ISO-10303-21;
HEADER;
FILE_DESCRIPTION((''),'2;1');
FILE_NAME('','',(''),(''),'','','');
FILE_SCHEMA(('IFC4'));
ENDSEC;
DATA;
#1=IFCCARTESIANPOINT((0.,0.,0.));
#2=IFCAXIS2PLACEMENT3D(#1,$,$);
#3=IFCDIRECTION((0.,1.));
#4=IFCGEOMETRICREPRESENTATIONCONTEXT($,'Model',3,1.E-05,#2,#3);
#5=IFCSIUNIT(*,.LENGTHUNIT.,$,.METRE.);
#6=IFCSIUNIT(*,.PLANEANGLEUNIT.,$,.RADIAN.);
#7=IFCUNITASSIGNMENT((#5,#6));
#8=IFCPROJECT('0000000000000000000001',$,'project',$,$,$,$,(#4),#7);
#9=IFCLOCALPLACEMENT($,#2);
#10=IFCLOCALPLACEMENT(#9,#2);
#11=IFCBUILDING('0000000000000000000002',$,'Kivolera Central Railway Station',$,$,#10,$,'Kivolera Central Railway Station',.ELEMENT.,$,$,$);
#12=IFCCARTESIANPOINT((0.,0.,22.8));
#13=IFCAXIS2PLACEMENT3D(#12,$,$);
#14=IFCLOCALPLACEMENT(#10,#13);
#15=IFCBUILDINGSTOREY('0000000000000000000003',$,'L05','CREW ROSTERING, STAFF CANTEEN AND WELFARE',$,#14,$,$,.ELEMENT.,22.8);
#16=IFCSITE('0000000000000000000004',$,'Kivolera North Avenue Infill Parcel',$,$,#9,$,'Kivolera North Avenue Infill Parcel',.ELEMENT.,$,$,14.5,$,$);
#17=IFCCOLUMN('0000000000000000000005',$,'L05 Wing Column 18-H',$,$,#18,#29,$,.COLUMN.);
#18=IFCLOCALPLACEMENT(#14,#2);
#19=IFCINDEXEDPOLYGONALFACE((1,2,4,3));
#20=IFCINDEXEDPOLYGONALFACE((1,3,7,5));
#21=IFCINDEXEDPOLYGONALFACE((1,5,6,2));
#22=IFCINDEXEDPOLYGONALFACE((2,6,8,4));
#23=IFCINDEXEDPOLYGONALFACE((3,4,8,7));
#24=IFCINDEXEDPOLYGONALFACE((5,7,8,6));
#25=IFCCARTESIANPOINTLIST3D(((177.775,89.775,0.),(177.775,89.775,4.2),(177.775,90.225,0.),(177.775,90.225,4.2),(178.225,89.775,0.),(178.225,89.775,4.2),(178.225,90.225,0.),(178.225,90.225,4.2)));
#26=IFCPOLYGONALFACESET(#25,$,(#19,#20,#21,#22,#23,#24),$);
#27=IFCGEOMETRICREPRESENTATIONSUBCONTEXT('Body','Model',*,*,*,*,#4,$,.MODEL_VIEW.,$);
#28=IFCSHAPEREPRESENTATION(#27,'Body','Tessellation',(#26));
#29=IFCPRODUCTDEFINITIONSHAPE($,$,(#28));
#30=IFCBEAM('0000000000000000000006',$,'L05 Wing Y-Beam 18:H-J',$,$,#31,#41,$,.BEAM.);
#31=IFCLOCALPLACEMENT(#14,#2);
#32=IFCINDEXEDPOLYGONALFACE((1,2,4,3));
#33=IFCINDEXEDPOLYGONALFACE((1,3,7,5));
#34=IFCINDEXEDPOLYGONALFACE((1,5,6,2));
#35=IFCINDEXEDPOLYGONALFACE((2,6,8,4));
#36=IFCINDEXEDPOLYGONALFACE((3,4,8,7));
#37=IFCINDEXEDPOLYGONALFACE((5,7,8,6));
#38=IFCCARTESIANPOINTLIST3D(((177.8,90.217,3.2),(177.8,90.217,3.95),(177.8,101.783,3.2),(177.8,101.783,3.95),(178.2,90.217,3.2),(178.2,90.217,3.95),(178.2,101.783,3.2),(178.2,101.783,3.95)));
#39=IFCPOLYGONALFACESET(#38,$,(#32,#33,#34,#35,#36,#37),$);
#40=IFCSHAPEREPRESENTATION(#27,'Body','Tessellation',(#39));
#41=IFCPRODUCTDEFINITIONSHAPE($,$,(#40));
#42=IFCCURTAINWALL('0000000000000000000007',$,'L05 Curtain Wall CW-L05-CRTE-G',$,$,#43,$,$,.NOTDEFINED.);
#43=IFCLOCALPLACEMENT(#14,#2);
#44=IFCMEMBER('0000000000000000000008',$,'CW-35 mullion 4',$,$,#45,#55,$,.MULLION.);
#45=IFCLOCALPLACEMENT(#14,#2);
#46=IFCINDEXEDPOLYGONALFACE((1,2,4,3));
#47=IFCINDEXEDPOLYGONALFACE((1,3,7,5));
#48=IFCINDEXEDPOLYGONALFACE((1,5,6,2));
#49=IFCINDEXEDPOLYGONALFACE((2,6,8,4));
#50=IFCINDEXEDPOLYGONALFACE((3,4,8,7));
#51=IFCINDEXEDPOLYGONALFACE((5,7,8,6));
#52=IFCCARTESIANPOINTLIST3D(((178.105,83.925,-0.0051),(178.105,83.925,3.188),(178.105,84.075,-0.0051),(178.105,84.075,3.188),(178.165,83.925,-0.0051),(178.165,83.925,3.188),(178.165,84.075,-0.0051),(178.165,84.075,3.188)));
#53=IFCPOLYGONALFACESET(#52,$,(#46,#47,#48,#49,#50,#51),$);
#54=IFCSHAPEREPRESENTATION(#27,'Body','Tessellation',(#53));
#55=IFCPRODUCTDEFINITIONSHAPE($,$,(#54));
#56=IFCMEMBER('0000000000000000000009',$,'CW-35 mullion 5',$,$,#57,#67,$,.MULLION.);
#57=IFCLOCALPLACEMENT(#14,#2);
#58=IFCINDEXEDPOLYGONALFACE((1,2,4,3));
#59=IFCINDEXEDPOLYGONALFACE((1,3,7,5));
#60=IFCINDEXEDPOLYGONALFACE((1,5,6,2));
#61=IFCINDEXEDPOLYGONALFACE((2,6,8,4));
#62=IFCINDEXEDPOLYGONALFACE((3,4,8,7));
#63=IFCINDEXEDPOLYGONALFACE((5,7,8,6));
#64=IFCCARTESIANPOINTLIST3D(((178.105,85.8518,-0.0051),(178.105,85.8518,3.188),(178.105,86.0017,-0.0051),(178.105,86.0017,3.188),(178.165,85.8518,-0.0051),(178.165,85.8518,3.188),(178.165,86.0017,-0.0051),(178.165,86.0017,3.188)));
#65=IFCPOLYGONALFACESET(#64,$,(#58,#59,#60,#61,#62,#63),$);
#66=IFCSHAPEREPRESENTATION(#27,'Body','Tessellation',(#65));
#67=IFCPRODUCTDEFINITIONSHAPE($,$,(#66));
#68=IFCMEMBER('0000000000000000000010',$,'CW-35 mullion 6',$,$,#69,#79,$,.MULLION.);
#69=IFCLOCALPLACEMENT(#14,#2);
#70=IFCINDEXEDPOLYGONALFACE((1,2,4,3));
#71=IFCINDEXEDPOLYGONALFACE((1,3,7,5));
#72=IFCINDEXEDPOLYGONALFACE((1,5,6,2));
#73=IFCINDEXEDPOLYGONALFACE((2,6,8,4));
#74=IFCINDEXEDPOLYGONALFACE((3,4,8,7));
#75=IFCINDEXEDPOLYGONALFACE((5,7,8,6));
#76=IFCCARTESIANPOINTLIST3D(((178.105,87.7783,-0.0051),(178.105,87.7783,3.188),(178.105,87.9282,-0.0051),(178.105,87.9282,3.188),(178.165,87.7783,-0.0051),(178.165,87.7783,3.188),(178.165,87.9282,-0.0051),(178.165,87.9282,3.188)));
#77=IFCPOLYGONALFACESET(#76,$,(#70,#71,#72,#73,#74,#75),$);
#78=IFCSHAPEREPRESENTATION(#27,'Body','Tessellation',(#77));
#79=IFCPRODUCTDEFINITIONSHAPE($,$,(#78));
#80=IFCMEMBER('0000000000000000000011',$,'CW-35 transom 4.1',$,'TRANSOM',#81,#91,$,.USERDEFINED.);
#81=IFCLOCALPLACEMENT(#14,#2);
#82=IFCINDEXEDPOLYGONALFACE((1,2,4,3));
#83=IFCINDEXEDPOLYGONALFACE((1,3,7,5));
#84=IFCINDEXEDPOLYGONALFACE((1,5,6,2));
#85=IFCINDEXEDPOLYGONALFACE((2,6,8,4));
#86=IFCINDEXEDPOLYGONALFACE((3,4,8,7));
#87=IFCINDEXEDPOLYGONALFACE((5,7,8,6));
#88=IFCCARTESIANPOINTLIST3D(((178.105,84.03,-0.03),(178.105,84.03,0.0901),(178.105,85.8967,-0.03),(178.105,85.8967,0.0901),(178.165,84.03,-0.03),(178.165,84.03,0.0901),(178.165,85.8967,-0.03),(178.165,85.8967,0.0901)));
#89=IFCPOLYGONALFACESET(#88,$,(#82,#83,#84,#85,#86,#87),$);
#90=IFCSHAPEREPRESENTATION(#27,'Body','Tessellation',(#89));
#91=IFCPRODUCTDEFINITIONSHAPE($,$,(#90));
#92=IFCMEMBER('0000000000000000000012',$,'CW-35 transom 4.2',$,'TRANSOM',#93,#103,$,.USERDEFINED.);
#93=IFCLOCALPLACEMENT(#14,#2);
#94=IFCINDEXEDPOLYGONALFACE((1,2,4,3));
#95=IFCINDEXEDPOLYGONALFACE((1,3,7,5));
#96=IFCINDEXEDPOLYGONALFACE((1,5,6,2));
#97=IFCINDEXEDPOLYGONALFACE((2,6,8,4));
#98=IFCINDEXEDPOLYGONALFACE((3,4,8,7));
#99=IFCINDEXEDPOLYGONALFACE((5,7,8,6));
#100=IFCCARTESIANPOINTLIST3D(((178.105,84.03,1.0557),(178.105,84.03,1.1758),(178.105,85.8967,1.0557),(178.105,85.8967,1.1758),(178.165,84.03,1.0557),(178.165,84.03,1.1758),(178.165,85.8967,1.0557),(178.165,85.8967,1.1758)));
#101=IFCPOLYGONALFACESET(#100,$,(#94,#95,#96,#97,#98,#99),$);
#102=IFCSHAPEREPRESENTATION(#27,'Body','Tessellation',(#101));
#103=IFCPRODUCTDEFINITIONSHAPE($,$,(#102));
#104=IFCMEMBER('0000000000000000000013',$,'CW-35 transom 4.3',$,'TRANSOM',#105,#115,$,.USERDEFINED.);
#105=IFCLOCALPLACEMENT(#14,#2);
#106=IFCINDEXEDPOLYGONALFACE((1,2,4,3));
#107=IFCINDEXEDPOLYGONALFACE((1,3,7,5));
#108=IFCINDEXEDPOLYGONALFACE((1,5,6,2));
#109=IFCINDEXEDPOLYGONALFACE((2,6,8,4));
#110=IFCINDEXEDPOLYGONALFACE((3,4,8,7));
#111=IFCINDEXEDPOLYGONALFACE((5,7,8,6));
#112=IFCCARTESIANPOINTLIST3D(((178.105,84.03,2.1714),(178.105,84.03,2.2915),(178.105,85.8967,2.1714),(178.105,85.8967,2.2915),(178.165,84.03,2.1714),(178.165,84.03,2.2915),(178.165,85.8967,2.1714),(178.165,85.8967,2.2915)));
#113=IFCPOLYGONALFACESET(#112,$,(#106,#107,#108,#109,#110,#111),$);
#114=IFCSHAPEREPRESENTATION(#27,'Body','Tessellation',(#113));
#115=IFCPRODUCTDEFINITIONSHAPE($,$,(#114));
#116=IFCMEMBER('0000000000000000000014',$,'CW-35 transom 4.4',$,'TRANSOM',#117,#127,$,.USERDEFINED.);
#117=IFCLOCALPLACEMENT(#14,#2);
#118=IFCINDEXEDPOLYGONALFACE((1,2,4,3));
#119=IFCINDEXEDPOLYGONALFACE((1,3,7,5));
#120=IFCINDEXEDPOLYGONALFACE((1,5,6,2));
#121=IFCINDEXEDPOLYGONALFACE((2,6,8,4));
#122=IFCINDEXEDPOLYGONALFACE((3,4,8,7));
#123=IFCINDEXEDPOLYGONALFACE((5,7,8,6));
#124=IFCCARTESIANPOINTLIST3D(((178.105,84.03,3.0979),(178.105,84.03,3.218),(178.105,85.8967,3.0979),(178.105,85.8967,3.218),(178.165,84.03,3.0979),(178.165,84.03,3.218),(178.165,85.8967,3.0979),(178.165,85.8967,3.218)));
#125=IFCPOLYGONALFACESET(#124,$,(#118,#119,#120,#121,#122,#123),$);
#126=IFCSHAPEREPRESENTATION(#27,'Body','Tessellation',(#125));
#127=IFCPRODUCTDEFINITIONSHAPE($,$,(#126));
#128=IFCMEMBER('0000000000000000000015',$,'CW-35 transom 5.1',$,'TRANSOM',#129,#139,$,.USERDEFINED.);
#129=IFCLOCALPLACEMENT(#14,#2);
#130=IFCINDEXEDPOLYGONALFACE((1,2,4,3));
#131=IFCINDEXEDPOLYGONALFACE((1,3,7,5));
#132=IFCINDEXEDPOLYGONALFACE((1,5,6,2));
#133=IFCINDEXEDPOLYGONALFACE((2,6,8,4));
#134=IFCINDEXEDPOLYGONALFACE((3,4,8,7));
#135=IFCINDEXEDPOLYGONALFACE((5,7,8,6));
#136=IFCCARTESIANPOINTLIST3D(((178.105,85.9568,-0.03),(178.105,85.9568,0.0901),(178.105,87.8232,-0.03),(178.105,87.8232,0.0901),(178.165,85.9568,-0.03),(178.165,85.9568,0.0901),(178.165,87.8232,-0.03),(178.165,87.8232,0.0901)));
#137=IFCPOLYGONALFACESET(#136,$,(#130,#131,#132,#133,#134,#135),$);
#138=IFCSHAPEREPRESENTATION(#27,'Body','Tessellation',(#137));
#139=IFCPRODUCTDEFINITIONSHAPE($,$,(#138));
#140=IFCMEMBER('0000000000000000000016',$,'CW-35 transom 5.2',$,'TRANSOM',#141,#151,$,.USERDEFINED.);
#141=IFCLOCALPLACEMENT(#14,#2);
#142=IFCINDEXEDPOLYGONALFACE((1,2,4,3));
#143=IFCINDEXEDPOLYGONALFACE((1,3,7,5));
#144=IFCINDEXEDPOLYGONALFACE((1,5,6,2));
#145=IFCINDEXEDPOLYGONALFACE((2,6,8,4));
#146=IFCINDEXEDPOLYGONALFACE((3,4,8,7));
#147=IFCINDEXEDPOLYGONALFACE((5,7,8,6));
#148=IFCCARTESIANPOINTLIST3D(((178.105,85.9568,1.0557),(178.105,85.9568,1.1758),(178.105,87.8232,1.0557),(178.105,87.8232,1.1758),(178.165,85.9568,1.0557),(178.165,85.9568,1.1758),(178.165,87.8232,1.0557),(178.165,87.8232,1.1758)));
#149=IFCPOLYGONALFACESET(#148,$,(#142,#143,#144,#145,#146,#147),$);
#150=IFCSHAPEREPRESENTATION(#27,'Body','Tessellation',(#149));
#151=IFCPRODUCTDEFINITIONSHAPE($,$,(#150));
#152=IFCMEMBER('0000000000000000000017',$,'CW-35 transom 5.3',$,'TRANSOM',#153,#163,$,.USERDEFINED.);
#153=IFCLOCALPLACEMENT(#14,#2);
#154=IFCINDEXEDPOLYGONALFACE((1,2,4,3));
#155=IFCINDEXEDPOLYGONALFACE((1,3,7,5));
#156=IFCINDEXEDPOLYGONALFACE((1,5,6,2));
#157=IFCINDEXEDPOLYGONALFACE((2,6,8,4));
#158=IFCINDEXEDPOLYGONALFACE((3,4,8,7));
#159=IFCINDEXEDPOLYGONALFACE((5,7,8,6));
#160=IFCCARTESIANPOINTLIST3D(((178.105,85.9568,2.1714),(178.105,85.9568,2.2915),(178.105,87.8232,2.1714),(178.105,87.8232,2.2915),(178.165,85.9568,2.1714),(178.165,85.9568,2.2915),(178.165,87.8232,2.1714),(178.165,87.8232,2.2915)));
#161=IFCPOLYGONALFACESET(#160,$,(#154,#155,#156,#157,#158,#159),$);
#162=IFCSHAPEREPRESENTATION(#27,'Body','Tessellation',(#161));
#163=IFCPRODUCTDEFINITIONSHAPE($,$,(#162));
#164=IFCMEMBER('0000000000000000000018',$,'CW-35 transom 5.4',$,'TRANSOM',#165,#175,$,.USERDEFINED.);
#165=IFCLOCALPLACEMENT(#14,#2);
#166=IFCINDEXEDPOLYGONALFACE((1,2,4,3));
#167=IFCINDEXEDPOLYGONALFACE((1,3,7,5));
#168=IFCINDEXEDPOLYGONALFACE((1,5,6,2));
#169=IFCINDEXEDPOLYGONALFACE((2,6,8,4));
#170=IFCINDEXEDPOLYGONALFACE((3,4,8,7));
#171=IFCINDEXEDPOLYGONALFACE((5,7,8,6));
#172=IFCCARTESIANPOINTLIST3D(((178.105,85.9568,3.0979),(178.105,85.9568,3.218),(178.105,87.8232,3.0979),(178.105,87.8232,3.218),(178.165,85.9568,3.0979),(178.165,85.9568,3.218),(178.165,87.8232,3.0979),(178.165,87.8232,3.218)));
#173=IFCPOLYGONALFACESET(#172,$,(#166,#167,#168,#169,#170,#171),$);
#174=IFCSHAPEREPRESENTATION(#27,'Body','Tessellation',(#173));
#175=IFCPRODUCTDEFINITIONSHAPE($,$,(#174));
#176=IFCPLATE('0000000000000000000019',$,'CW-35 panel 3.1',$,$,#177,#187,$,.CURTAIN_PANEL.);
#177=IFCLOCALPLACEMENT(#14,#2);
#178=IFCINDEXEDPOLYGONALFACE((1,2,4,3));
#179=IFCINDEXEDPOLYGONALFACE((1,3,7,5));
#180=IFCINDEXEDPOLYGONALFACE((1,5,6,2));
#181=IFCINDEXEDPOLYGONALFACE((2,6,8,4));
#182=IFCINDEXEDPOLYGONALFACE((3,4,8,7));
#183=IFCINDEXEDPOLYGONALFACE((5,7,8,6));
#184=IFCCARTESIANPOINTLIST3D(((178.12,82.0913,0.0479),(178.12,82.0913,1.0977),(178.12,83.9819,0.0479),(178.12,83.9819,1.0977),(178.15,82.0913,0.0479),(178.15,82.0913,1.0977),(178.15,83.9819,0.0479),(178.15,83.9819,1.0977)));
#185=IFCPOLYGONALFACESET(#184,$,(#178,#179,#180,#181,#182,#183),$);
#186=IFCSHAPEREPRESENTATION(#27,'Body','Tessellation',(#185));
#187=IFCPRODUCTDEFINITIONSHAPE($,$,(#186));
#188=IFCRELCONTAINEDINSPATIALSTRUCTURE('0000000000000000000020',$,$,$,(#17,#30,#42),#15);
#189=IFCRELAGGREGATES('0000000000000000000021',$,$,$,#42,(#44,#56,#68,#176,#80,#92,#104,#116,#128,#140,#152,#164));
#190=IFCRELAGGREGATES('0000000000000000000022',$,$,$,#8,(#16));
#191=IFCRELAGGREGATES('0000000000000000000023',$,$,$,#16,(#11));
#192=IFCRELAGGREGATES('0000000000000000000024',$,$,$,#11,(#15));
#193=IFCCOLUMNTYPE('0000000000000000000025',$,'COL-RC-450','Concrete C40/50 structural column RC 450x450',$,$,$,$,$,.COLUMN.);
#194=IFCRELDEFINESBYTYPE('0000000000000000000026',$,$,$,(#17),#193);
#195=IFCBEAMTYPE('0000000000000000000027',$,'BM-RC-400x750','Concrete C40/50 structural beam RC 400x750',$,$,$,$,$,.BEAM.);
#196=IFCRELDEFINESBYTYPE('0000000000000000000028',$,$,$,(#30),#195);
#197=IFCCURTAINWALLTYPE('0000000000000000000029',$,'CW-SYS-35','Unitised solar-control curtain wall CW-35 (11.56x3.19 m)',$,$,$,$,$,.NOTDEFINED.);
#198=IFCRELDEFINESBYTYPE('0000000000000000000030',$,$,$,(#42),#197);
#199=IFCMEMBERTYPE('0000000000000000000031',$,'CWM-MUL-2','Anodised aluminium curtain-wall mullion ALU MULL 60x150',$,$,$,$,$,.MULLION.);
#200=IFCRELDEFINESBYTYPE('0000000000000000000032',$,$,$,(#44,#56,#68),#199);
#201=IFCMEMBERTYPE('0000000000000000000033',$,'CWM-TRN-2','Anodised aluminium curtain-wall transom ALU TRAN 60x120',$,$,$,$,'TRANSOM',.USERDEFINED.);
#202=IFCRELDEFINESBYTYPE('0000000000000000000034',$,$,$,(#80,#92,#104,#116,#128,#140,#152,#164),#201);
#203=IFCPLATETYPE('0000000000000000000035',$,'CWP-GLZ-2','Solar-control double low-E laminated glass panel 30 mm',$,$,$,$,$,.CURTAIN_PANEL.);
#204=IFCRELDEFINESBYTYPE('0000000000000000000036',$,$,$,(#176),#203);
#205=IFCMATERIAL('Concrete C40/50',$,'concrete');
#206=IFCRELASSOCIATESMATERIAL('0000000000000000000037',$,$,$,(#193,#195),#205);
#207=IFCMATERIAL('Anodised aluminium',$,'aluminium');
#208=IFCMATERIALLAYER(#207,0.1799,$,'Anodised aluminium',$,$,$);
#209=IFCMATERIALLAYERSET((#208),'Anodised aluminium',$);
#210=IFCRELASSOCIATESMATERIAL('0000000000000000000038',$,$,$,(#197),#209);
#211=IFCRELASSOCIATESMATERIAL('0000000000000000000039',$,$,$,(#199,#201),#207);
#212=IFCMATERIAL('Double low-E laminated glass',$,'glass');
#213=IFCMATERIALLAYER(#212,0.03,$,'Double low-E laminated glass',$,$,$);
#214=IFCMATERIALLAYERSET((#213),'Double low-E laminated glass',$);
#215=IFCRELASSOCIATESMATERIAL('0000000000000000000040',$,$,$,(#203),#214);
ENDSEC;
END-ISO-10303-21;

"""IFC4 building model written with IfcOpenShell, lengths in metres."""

from ifc_helpers import new_model, si_unit, direction, frame, origin, origin_2d, place, context, subcontext, project, spatial, rectangle, extrude, material, layer, layer_set, material_profile, profile_set, type_object, element, aggregate, save


model = new_model("IFC4")

# Units and contexts
model_context = context("Model", 3, precision=1e-05, world=origin(), true_north=direction((0.0, 1.0)))
body_context = subcontext(model_context, "Body", "Model", "MODEL_VIEW")
ifc_project = project(units=[si_unit("LENGTHUNIT", "METRE"), si_unit("PLANEANGLEUNIT", "RADIAN")], contexts=[model_context])

# Site, building, storey
site_placement = place(None, origin())
site = spatial("IfcSite", under=ifc_project, at=site_placement, Name="Kivolera North Avenue Infill Parcel", LongName="Kivolera North Avenue Infill Parcel", CompositionType="ELEMENT", RefElevation=14.5)
building_placement = place(site_placement, origin())
building = spatial("IfcBuilding", under=site, at=building_placement, Name="Kivolera Central Railway Station", LongName="Kivolera Central Railway Station", CompositionType="ELEMENT")
storey_placement = place(building_placement, frame((0.0, 0.0, 22.8)))
storey = spatial("IfcBuildingStorey", under=building, at=storey_placement, Name="L05", Description="CREW ROSTERING, STAFF CANTEEN AND WELFARE", CompositionType="ELEMENT", Elevation=22.8)

# Column
ifc_material_1 = material(Name="Concrete C40/50", Category="concrete")
ifc_material_profile_1 = material_profile(ifc_material_1, rectangle(XDim=0.45, YDim=0.45, at=origin_2d()), Name="RC 450x450")
ifc_profile_set_1 = profile_set([ifc_material_profile_1], Name="Concrete C40/50")
column_type = type_object("IfcColumnType", Name="COL-RC-450", Description="Concrete C40/50 structural column RC 450x450", PredefinedType="COLUMN", material=ifc_profile_set_1)
column_placement = place(storey_placement, frame((178.0, 90.0, 0.0), z_axis=(0.0, 0.0, 1.0), x_axis=(1.0, 0.0, 0.0)))
element("IfcColumn", 1, at=column_placement, inside=storey, type_object=column_type, Name="L05 Wing Column 18-H", PredefinedType="COLUMN", context=body_context, shape_type="SweptSolid", body=[
    extrude(rectangle(XDim=0.45, YDim=0.45, at=origin_2d()), origin(), (0.0, 0.0, 1.0), 4.2),
])

# Beam
ifc_material_profile_2 = material_profile(ifc_material_1, rectangle(XDim=0.3999, YDim=0.75, at=origin_2d()), Name="RC 400x750")
ifc_profile_set_2 = profile_set([ifc_material_profile_2], Name="Concrete C40/50")
beam_type = type_object("IfcBeamType", Name="BM-RC-400x750", Description="Concrete C40/50 structural beam RC 400x750", PredefinedType="BEAM", material=ifc_profile_set_2)
beam_placement = place(storey_placement, frame((178.0, 90.217, 3.575), z_axis=(0.0, 1.0, 0.0), x_axis=(-1.0, 0.0, 0.0)))
element("IfcBeam", 2, at=beam_placement, inside=storey, type_object=beam_type, Name="L05 Wing Y-Beam 18:H-J", PredefinedType="BEAM", context=body_context, shape_type="SweptSolid", body=[
    extrude(rectangle(XDim=0.3999, YDim=0.75, at=origin_2d()), origin(), (0.0, 0.0, 1.0), 11.5659),
])

# Curtain wall, members, plate
ifc_material_2 = material(Name="Anodised aluminium", Category="aluminium")
ifc_layer_1 = layer(ifc_material_2, 0.1799, Name="Anodised aluminium")
ifc_layer_set_1 = layer_set([ifc_layer_1], Name="Anodised aluminium")
curtain_wall_type = type_object("IfcCurtainWallType", Name="CW-SYS-35", Description="Unitised solar-control curtain wall CW-35 (11.56x3.19 m)", PredefinedType="NOTDEFINED", material=ifc_layer_set_1)
curtain_wall_placement = place(storey_placement, origin())
curtain_wall = element("IfcCurtainWall", 3, at=curtain_wall_placement, inside=storey, type_object=curtain_wall_type, Name="L05 Curtain Wall CW-L05-CRTE-G", PredefinedType="NOTDEFINED")
ifc_material_profile_3 = material_profile(ifc_material_2, rectangle(XDim=0.0601, YDim=0.1499, at=origin_2d()), Name="ALU MULL 60x150")
ifc_profile_set_3 = profile_set([ifc_material_profile_3], Name="Anodised aluminium")
member_type_1 = type_object("IfcMemberType", Name="CWM-MUL-2", Description="Anodised aluminium curtain-wall mullion ALU MULL 60x150", PredefinedType="MULLION", material=ifc_profile_set_3)
member_1_placement = place(storey_placement, frame((178.135, 84.0, -0.0051), z_axis=(0.0, 0.0, 1.0), x_axis=(-1.0, 0.0, 0.0)))
member_1 = element("IfcMember", 4, at=member_1_placement, type_object=member_type_1, Name="CW-35 mullion 4", PredefinedType="MULLION", context=body_context, shape_type="SweptSolid", body=[
    extrude(rectangle(XDim=0.0601, YDim=0.1499, at=origin_2d()), origin(), (0.0, 0.0, 1.0), 3.1931),
])
member_2_placement = place(storey_placement, frame((178.135, 85.9268, -0.0051), z_axis=(0.0, 0.0, 1.0), x_axis=(-1.0, 0.0, 0.0)))
member_2 = element("IfcMember", 5, at=member_2_placement, type_object=member_type_1, Name="CW-35 mullion 5", PredefinedType="MULLION", context=body_context, shape_type="SweptSolid", body=[
    extrude(rectangle(XDim=0.0601, YDim=0.1499, at=origin_2d()), origin(), (0.0, 0.0, 1.0), 3.1931),
])
member_3_placement = place(storey_placement, frame((178.135, 87.8533, -0.0051), z_axis=(0.0, 0.0, 1.0), x_axis=(-1.0, 0.0, 0.0)))
member_3 = element("IfcMember", 6, at=member_3_placement, type_object=member_type_1, Name="CW-35 mullion 6", PredefinedType="MULLION", context=body_context, shape_type="SweptSolid", body=[
    extrude(rectangle(XDim=0.0601, YDim=0.1499, at=origin_2d()), origin(), (0.0, 0.0, 1.0), 3.1931),
])
ifc_material_profile_4 = material_profile(ifc_material_2, rectangle(XDim=0.0601, YDim=0.1201, at=origin_2d()), Name="ALU TRAN 60x120")
ifc_profile_set_4 = profile_set([ifc_material_profile_4], Name="Anodised aluminium")
member_type_2 = type_object("IfcMemberType", Name="CWM-TRN-2", Description="Anodised aluminium curtain-wall transom ALU TRAN 60x120", ElementType="TRANSOM", PredefinedType="USERDEFINED", material=ifc_profile_set_4)
member_4_placement = place(storey_placement, frame((178.135, 84.03, 0.03), z_axis=(0.0, 1.0, 0.0), x_axis=(-1.0, 0.0, 0.0)))
member_4 = element("IfcMember", 7, at=member_4_placement, type_object=member_type_2, Name="CW-35 transom 4.1", ObjectType="TRANSOM", PredefinedType="USERDEFINED", context=body_context, shape_type="SweptSolid", body=[
    extrude(rectangle(XDim=0.0601, YDim=0.1201, at=origin_2d()), origin(), (0.0, 0.0, 1.0), 1.8667),
])
member_5_placement = place(storey_placement, frame((178.135, 84.03, 1.1157), z_axis=(0.0, 1.0, 0.0), x_axis=(-1.0, 0.0, 0.0)))
member_5 = element("IfcMember", 8, at=member_5_placement, type_object=member_type_2, Name="CW-35 transom 4.2", ObjectType="TRANSOM", PredefinedType="USERDEFINED", context=body_context, shape_type="SweptSolid", body=[
    extrude(rectangle(XDim=0.0601, YDim=0.1201, at=origin_2d()), origin(), (0.0, 0.0, 1.0), 1.8667),
])
member_6_placement = place(storey_placement, frame((178.135, 84.03, 2.2314), z_axis=(0.0, 1.0, 0.0), x_axis=(-1.0, 0.0, 0.0)))
member_6 = element("IfcMember", 9, at=member_6_placement, type_object=member_type_2, Name="CW-35 transom 4.3", ObjectType="TRANSOM", PredefinedType="USERDEFINED", context=body_context, shape_type="SweptSolid", body=[
    extrude(rectangle(XDim=0.0601, YDim=0.1201, at=origin_2d()), origin(), (0.0, 0.0, 1.0), 1.8667),
])
member_7_placement = place(storey_placement, frame((178.135, 84.03, 3.158), z_axis=(0.0, 1.0, 0.0), x_axis=(-1.0, 0.0, 0.0)))
member_7 = element("IfcMember", 10, at=member_7_placement, type_object=member_type_2, Name="CW-35 transom 4.4", ObjectType="TRANSOM", PredefinedType="USERDEFINED", context=body_context, shape_type="SweptSolid", body=[
    extrude(rectangle(XDim=0.0601, YDim=0.1201, at=origin_2d()), origin(), (0.0, 0.0, 1.0), 1.8667),
])
member_8_placement = place(storey_placement, frame((178.135, 85.9568, 0.03), z_axis=(0.0, 1.0, 0.0), x_axis=(-1.0, 0.0, 0.0)))
member_8 = element("IfcMember", 11, at=member_8_placement, type_object=member_type_2, Name="CW-35 transom 5.1", ObjectType="TRANSOM", PredefinedType="USERDEFINED", context=body_context, shape_type="SweptSolid", body=[
    extrude(rectangle(XDim=0.0601, YDim=0.1201, at=origin_2d()), origin(), (0.0, 0.0, 1.0), 1.8665),
])
member_9_placement = place(storey_placement, frame((178.135, 85.9568, 1.1157), z_axis=(0.0, 1.0, 0.0), x_axis=(-1.0, 0.0, 0.0)))
member_9 = element("IfcMember", 12, at=member_9_placement, type_object=member_type_2, Name="CW-35 transom 5.2", ObjectType="TRANSOM", PredefinedType="USERDEFINED", context=body_context, shape_type="SweptSolid", body=[
    extrude(rectangle(XDim=0.0601, YDim=0.1201, at=origin_2d()), origin(), (0.0, 0.0, 1.0), 1.8665),
])
member_10_placement = place(storey_placement, frame((178.135, 85.9568, 2.2314), z_axis=(0.0, 1.0, 0.0), x_axis=(-1.0, 0.0, 0.0)))
member_10 = element("IfcMember", 13, at=member_10_placement, type_object=member_type_2, Name="CW-35 transom 5.3", ObjectType="TRANSOM", PredefinedType="USERDEFINED", context=body_context, shape_type="SweptSolid", body=[
    extrude(rectangle(XDim=0.0601, YDim=0.1201, at=origin_2d()), origin(), (0.0, 0.0, 1.0), 1.8665),
])
member_11_placement = place(storey_placement, frame((178.135, 85.9568, 3.158), z_axis=(0.0, 1.0, 0.0), x_axis=(-1.0, 0.0, 0.0)))
member_11 = element("IfcMember", 14, at=member_11_placement, type_object=member_type_2, Name="CW-35 transom 5.4", ObjectType="TRANSOM", PredefinedType="USERDEFINED", context=body_context, shape_type="SweptSolid", body=[
    extrude(rectangle(XDim=0.0601, YDim=0.1201, at=origin_2d()), origin(), (0.0, 0.0, 1.0), 1.8665),
])
ifc_material_3 = material(Name="Double low-E laminated glass", Category="glass")
ifc_layer_2 = layer(ifc_material_3, 0.03, Name="Double low-E laminated glass")
ifc_layer_set_2 = layer_set([ifc_layer_2], Name="Double low-E laminated glass")
plate_type = type_object("IfcPlateType", Name="CWP-GLZ-2", Description="Solar-control double low-E laminated glass panel 30 mm", PredefinedType="CURTAIN_PANEL", material=ifc_layer_set_2)
plate_1_placement = place(storey_placement, frame((178.135, 83.0366, 0.0479), z_axis=(0.0, 0.0, 1.0), x_axis=(0.0, 1.0, 0.0)))
plate_1 = element("IfcPlate", 15, at=plate_1_placement, type_object=plate_type, Name="CW-35 panel 3.1", PredefinedType="CURTAIN_PANEL", context=body_context, shape_type="SweptSolid", body=[
    extrude(rectangle(XDim=1.8906, YDim=0.03, at=origin_2d()), origin(), (0.0, 0.0, 1.0), 1.0498),
])
aggregate(curtain_wall, [member_1, member_2, member_3, plate_1, member_4, member_5, member_6, member_7, member_8, member_9, member_10, member_11])

save(model, "model.ifc")
